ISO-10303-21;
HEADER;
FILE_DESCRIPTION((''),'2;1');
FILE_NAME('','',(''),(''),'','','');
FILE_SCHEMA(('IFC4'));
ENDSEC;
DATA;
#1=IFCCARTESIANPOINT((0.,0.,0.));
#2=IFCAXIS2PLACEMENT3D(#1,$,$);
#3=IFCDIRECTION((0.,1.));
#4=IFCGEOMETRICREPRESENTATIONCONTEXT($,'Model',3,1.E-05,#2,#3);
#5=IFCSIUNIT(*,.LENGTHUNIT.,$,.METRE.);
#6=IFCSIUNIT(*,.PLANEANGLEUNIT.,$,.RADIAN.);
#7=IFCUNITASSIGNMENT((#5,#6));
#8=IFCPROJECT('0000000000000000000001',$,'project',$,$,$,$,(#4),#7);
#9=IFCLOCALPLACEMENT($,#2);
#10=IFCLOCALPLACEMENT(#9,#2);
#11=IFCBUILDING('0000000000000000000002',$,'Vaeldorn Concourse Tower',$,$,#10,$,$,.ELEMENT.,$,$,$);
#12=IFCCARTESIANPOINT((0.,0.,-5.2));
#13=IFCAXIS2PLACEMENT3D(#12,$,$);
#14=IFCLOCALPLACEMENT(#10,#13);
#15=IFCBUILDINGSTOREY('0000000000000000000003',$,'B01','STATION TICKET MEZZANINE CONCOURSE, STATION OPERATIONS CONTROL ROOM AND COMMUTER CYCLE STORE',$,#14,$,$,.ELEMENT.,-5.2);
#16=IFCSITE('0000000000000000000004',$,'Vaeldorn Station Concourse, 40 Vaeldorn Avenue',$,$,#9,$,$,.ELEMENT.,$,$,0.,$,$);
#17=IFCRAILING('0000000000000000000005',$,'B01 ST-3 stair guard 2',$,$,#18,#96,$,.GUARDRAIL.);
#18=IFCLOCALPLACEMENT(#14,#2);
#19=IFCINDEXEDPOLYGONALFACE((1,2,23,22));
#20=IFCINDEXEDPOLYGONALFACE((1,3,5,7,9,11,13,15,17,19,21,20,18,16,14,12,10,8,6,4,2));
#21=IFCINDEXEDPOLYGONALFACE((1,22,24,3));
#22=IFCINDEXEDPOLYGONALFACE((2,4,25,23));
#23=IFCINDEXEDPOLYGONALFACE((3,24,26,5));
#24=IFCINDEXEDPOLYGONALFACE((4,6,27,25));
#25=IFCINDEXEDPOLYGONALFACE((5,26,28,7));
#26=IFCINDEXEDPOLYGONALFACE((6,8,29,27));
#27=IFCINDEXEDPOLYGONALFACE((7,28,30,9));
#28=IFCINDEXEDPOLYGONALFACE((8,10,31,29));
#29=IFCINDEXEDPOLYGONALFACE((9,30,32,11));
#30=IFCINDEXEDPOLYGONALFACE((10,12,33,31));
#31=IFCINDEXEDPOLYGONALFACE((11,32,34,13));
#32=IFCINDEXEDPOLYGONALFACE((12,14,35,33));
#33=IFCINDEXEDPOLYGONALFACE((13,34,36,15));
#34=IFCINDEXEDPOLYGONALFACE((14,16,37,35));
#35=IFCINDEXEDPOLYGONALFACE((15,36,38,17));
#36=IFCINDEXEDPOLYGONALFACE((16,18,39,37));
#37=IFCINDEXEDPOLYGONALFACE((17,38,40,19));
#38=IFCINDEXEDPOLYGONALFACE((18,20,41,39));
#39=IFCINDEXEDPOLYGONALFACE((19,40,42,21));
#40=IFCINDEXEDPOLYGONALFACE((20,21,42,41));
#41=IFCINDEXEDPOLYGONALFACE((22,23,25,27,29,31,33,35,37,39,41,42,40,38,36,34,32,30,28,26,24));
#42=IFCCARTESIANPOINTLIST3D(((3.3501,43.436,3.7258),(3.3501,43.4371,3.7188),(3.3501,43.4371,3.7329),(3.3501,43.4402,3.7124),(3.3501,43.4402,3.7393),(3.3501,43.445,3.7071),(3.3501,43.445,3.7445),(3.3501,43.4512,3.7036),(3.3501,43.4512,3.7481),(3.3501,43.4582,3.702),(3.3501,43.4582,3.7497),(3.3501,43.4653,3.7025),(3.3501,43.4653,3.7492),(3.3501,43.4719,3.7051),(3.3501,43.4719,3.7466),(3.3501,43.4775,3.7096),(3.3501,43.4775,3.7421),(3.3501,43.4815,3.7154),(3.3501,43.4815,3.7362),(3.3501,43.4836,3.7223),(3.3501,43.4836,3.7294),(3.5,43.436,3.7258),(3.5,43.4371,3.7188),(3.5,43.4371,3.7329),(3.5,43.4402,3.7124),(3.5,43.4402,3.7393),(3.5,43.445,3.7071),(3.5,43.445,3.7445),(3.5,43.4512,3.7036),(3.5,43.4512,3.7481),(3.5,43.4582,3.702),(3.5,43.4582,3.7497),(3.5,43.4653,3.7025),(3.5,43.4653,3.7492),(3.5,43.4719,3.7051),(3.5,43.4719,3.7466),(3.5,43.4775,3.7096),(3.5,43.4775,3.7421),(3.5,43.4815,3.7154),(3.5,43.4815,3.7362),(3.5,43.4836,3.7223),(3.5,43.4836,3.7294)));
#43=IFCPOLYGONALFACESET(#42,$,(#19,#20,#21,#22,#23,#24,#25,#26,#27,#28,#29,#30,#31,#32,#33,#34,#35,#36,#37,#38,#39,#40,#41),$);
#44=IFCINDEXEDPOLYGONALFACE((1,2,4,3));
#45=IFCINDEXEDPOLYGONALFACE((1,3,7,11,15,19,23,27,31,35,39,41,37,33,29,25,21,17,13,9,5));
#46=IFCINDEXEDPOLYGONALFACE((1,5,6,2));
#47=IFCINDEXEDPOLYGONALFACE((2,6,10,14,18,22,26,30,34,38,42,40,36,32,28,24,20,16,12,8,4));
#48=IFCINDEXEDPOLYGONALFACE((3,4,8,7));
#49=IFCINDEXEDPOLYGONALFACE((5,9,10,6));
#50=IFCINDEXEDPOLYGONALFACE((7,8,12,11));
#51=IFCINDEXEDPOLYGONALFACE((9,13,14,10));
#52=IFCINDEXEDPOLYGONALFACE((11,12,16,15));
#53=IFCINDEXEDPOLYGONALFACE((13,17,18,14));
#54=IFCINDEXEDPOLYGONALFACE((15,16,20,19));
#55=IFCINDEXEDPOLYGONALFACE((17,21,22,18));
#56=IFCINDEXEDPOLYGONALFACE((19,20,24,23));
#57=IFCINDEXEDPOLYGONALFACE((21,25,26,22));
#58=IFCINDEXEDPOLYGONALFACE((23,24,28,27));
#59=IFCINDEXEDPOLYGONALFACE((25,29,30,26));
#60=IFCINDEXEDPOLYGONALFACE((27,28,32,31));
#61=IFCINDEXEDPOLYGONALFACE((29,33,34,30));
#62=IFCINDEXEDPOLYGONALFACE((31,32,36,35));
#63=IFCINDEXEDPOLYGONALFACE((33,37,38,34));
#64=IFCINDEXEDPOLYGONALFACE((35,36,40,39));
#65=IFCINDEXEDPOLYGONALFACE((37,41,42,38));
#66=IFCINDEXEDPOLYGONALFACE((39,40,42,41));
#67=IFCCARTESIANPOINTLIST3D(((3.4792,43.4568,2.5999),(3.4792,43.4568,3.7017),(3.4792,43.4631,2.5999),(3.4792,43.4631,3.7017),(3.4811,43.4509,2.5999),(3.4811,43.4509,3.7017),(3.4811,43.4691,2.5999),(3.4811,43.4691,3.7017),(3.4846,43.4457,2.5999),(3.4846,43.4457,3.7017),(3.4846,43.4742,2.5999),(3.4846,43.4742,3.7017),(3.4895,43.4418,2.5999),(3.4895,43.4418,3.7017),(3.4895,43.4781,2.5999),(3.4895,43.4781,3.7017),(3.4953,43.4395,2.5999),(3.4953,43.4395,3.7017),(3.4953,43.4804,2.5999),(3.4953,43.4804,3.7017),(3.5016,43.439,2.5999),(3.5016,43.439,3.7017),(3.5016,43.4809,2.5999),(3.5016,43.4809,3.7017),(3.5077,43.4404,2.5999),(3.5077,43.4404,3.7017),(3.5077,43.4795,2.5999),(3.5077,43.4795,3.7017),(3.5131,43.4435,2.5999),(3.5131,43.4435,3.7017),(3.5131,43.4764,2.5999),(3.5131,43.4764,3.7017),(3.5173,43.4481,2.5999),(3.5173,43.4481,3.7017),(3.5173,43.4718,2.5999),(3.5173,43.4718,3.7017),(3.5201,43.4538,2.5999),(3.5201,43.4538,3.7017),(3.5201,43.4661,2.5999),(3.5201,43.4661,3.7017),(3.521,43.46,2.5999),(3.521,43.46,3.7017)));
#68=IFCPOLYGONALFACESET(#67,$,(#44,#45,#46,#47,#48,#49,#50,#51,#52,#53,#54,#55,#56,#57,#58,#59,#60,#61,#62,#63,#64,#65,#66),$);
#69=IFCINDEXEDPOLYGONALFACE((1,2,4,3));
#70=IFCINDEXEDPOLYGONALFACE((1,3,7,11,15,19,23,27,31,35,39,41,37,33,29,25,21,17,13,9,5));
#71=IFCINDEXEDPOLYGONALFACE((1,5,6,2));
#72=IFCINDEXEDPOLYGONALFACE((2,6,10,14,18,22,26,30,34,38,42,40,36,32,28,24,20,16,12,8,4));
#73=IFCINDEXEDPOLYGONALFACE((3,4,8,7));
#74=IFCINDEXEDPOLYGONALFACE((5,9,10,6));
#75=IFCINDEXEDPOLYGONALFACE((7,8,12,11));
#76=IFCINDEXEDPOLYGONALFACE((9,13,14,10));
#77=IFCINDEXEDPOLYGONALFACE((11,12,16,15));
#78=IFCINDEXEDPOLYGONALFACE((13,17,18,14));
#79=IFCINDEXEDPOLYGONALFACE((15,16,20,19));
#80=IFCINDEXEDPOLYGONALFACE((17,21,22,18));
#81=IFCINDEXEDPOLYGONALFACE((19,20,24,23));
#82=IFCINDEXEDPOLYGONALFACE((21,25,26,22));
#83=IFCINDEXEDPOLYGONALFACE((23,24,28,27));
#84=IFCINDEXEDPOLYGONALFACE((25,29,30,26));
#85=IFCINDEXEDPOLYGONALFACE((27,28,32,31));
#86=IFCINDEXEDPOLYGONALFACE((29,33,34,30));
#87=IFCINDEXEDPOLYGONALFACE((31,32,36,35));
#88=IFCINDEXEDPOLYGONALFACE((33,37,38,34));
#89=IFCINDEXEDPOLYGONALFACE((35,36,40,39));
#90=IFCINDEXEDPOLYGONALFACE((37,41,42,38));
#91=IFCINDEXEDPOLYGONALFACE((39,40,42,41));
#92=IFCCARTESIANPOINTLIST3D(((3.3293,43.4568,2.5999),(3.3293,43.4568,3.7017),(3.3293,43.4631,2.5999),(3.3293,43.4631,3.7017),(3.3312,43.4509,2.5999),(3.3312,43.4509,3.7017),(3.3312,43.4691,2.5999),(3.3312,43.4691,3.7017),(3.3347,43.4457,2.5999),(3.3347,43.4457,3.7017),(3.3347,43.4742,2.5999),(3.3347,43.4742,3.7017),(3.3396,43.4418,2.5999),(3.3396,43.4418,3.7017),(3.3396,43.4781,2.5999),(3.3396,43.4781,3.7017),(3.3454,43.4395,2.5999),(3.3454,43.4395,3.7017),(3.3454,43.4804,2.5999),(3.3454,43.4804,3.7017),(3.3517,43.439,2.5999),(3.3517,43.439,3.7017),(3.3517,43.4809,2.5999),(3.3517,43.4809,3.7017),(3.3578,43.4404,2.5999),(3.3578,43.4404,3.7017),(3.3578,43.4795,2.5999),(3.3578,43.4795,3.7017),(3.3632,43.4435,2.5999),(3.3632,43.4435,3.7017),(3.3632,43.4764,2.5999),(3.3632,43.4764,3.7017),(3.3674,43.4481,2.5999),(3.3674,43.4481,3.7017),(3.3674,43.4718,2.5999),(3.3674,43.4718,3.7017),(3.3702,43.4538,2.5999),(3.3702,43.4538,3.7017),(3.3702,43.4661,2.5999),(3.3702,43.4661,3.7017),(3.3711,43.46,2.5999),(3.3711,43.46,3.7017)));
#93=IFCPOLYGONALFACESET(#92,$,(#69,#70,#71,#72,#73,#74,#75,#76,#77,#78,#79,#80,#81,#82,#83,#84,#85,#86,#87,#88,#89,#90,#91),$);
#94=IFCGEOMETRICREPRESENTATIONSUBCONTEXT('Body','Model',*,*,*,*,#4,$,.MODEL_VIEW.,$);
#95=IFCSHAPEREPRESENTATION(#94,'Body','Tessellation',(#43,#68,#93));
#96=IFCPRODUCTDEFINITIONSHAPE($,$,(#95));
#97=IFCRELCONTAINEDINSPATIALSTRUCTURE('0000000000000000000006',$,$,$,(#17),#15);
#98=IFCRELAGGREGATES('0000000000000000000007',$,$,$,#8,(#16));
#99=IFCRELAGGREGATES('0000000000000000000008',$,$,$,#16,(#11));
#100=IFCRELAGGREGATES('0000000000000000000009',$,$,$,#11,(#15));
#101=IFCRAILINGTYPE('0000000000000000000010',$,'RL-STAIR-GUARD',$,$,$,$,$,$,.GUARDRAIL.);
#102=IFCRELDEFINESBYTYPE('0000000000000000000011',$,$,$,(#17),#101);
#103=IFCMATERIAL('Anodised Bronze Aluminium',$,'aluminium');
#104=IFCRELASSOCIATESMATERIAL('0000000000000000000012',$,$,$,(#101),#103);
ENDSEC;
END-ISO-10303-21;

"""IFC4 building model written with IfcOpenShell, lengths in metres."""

from ifc_helpers import new_model, si_unit, direction, frame, origin, origin_2d, place, context, subcontext, project, spatial, circle, extrude, material, type_object, element, save


model = new_model("IFC4")

# Units and contexts
model_context = context("Model", 3, precision=1e-05, world=origin(), true_north=direction((0.0, 1.0)))
body_context = subcontext(model_context, "Body", "Model", "MODEL_VIEW")
ifc_project = project(units=[si_unit("LENGTHUNIT", "METRE"), si_unit("PLANEANGLEUNIT", "RADIAN")], contexts=[model_context])

# Site, building, storey
site_placement = place(None, origin())
site = spatial("IfcSite", under=ifc_project, at=site_placement, Name="Vaeldorn Station Concourse, 40 Vaeldorn Avenue", CompositionType="ELEMENT", RefElevation=0.0)
building_placement = place(site_placement, origin())
building = spatial("IfcBuilding", under=site, at=building_placement, Name="Vaeldorn Concourse Tower", CompositionType="ELEMENT")
storey_placement = place(building_placement, frame((0.0, 0.0, -5.2)))
storey = spatial("IfcBuildingStorey", under=building, at=storey_placement, Name="B01", Description="STATION TICKET MEZZANINE CONCOURSE, STATION OPERATIONS CONTROL ROOM AND COMMUTER CYCLE STORE", CompositionType="ELEMENT", Elevation=-5.2)

# Railing
ifc_material_1 = material(Name="Anodised Bronze Aluminium", Category="aluminium")
railing_type_1 = type_object("IfcRailingType", Name="RL-STAIR-GUARD", PredefinedType="GUARDRAIL", material=ifc_material_1)
railing_1_placement = place(storey_placement, frame((3.5, 43.46, 2.5999)))
element("IfcRailing", 1, at=railing_1_placement, inside=storey, type_object=railing_type_1, Name="B01 ST-3 stair guard 2", PredefinedType="GUARDRAIL", context=body_context, shape_type="SweptSolid", body=[
    extrude(circle(Radius=0.0239, at=origin_2d()), frame((0.0, 0.0, 1.126), z_axis=(-1.0, 0.0, 0.0), x_axis=(0.0, -1.0, 0.0)), (0.0, 0.0, 1.0), 0.1499),
    extrude(circle(Radius=0.021, at=origin_2d()), origin(), (0.0, 0.0, 1.0), 1.1018),
    extrude(circle(Radius=0.021, at=origin_2d()), frame((-0.1499, 0.0, 0.0)), (0.0, 0.0, 1.0), 1.1018),
])

save(model, "model.ifc")
